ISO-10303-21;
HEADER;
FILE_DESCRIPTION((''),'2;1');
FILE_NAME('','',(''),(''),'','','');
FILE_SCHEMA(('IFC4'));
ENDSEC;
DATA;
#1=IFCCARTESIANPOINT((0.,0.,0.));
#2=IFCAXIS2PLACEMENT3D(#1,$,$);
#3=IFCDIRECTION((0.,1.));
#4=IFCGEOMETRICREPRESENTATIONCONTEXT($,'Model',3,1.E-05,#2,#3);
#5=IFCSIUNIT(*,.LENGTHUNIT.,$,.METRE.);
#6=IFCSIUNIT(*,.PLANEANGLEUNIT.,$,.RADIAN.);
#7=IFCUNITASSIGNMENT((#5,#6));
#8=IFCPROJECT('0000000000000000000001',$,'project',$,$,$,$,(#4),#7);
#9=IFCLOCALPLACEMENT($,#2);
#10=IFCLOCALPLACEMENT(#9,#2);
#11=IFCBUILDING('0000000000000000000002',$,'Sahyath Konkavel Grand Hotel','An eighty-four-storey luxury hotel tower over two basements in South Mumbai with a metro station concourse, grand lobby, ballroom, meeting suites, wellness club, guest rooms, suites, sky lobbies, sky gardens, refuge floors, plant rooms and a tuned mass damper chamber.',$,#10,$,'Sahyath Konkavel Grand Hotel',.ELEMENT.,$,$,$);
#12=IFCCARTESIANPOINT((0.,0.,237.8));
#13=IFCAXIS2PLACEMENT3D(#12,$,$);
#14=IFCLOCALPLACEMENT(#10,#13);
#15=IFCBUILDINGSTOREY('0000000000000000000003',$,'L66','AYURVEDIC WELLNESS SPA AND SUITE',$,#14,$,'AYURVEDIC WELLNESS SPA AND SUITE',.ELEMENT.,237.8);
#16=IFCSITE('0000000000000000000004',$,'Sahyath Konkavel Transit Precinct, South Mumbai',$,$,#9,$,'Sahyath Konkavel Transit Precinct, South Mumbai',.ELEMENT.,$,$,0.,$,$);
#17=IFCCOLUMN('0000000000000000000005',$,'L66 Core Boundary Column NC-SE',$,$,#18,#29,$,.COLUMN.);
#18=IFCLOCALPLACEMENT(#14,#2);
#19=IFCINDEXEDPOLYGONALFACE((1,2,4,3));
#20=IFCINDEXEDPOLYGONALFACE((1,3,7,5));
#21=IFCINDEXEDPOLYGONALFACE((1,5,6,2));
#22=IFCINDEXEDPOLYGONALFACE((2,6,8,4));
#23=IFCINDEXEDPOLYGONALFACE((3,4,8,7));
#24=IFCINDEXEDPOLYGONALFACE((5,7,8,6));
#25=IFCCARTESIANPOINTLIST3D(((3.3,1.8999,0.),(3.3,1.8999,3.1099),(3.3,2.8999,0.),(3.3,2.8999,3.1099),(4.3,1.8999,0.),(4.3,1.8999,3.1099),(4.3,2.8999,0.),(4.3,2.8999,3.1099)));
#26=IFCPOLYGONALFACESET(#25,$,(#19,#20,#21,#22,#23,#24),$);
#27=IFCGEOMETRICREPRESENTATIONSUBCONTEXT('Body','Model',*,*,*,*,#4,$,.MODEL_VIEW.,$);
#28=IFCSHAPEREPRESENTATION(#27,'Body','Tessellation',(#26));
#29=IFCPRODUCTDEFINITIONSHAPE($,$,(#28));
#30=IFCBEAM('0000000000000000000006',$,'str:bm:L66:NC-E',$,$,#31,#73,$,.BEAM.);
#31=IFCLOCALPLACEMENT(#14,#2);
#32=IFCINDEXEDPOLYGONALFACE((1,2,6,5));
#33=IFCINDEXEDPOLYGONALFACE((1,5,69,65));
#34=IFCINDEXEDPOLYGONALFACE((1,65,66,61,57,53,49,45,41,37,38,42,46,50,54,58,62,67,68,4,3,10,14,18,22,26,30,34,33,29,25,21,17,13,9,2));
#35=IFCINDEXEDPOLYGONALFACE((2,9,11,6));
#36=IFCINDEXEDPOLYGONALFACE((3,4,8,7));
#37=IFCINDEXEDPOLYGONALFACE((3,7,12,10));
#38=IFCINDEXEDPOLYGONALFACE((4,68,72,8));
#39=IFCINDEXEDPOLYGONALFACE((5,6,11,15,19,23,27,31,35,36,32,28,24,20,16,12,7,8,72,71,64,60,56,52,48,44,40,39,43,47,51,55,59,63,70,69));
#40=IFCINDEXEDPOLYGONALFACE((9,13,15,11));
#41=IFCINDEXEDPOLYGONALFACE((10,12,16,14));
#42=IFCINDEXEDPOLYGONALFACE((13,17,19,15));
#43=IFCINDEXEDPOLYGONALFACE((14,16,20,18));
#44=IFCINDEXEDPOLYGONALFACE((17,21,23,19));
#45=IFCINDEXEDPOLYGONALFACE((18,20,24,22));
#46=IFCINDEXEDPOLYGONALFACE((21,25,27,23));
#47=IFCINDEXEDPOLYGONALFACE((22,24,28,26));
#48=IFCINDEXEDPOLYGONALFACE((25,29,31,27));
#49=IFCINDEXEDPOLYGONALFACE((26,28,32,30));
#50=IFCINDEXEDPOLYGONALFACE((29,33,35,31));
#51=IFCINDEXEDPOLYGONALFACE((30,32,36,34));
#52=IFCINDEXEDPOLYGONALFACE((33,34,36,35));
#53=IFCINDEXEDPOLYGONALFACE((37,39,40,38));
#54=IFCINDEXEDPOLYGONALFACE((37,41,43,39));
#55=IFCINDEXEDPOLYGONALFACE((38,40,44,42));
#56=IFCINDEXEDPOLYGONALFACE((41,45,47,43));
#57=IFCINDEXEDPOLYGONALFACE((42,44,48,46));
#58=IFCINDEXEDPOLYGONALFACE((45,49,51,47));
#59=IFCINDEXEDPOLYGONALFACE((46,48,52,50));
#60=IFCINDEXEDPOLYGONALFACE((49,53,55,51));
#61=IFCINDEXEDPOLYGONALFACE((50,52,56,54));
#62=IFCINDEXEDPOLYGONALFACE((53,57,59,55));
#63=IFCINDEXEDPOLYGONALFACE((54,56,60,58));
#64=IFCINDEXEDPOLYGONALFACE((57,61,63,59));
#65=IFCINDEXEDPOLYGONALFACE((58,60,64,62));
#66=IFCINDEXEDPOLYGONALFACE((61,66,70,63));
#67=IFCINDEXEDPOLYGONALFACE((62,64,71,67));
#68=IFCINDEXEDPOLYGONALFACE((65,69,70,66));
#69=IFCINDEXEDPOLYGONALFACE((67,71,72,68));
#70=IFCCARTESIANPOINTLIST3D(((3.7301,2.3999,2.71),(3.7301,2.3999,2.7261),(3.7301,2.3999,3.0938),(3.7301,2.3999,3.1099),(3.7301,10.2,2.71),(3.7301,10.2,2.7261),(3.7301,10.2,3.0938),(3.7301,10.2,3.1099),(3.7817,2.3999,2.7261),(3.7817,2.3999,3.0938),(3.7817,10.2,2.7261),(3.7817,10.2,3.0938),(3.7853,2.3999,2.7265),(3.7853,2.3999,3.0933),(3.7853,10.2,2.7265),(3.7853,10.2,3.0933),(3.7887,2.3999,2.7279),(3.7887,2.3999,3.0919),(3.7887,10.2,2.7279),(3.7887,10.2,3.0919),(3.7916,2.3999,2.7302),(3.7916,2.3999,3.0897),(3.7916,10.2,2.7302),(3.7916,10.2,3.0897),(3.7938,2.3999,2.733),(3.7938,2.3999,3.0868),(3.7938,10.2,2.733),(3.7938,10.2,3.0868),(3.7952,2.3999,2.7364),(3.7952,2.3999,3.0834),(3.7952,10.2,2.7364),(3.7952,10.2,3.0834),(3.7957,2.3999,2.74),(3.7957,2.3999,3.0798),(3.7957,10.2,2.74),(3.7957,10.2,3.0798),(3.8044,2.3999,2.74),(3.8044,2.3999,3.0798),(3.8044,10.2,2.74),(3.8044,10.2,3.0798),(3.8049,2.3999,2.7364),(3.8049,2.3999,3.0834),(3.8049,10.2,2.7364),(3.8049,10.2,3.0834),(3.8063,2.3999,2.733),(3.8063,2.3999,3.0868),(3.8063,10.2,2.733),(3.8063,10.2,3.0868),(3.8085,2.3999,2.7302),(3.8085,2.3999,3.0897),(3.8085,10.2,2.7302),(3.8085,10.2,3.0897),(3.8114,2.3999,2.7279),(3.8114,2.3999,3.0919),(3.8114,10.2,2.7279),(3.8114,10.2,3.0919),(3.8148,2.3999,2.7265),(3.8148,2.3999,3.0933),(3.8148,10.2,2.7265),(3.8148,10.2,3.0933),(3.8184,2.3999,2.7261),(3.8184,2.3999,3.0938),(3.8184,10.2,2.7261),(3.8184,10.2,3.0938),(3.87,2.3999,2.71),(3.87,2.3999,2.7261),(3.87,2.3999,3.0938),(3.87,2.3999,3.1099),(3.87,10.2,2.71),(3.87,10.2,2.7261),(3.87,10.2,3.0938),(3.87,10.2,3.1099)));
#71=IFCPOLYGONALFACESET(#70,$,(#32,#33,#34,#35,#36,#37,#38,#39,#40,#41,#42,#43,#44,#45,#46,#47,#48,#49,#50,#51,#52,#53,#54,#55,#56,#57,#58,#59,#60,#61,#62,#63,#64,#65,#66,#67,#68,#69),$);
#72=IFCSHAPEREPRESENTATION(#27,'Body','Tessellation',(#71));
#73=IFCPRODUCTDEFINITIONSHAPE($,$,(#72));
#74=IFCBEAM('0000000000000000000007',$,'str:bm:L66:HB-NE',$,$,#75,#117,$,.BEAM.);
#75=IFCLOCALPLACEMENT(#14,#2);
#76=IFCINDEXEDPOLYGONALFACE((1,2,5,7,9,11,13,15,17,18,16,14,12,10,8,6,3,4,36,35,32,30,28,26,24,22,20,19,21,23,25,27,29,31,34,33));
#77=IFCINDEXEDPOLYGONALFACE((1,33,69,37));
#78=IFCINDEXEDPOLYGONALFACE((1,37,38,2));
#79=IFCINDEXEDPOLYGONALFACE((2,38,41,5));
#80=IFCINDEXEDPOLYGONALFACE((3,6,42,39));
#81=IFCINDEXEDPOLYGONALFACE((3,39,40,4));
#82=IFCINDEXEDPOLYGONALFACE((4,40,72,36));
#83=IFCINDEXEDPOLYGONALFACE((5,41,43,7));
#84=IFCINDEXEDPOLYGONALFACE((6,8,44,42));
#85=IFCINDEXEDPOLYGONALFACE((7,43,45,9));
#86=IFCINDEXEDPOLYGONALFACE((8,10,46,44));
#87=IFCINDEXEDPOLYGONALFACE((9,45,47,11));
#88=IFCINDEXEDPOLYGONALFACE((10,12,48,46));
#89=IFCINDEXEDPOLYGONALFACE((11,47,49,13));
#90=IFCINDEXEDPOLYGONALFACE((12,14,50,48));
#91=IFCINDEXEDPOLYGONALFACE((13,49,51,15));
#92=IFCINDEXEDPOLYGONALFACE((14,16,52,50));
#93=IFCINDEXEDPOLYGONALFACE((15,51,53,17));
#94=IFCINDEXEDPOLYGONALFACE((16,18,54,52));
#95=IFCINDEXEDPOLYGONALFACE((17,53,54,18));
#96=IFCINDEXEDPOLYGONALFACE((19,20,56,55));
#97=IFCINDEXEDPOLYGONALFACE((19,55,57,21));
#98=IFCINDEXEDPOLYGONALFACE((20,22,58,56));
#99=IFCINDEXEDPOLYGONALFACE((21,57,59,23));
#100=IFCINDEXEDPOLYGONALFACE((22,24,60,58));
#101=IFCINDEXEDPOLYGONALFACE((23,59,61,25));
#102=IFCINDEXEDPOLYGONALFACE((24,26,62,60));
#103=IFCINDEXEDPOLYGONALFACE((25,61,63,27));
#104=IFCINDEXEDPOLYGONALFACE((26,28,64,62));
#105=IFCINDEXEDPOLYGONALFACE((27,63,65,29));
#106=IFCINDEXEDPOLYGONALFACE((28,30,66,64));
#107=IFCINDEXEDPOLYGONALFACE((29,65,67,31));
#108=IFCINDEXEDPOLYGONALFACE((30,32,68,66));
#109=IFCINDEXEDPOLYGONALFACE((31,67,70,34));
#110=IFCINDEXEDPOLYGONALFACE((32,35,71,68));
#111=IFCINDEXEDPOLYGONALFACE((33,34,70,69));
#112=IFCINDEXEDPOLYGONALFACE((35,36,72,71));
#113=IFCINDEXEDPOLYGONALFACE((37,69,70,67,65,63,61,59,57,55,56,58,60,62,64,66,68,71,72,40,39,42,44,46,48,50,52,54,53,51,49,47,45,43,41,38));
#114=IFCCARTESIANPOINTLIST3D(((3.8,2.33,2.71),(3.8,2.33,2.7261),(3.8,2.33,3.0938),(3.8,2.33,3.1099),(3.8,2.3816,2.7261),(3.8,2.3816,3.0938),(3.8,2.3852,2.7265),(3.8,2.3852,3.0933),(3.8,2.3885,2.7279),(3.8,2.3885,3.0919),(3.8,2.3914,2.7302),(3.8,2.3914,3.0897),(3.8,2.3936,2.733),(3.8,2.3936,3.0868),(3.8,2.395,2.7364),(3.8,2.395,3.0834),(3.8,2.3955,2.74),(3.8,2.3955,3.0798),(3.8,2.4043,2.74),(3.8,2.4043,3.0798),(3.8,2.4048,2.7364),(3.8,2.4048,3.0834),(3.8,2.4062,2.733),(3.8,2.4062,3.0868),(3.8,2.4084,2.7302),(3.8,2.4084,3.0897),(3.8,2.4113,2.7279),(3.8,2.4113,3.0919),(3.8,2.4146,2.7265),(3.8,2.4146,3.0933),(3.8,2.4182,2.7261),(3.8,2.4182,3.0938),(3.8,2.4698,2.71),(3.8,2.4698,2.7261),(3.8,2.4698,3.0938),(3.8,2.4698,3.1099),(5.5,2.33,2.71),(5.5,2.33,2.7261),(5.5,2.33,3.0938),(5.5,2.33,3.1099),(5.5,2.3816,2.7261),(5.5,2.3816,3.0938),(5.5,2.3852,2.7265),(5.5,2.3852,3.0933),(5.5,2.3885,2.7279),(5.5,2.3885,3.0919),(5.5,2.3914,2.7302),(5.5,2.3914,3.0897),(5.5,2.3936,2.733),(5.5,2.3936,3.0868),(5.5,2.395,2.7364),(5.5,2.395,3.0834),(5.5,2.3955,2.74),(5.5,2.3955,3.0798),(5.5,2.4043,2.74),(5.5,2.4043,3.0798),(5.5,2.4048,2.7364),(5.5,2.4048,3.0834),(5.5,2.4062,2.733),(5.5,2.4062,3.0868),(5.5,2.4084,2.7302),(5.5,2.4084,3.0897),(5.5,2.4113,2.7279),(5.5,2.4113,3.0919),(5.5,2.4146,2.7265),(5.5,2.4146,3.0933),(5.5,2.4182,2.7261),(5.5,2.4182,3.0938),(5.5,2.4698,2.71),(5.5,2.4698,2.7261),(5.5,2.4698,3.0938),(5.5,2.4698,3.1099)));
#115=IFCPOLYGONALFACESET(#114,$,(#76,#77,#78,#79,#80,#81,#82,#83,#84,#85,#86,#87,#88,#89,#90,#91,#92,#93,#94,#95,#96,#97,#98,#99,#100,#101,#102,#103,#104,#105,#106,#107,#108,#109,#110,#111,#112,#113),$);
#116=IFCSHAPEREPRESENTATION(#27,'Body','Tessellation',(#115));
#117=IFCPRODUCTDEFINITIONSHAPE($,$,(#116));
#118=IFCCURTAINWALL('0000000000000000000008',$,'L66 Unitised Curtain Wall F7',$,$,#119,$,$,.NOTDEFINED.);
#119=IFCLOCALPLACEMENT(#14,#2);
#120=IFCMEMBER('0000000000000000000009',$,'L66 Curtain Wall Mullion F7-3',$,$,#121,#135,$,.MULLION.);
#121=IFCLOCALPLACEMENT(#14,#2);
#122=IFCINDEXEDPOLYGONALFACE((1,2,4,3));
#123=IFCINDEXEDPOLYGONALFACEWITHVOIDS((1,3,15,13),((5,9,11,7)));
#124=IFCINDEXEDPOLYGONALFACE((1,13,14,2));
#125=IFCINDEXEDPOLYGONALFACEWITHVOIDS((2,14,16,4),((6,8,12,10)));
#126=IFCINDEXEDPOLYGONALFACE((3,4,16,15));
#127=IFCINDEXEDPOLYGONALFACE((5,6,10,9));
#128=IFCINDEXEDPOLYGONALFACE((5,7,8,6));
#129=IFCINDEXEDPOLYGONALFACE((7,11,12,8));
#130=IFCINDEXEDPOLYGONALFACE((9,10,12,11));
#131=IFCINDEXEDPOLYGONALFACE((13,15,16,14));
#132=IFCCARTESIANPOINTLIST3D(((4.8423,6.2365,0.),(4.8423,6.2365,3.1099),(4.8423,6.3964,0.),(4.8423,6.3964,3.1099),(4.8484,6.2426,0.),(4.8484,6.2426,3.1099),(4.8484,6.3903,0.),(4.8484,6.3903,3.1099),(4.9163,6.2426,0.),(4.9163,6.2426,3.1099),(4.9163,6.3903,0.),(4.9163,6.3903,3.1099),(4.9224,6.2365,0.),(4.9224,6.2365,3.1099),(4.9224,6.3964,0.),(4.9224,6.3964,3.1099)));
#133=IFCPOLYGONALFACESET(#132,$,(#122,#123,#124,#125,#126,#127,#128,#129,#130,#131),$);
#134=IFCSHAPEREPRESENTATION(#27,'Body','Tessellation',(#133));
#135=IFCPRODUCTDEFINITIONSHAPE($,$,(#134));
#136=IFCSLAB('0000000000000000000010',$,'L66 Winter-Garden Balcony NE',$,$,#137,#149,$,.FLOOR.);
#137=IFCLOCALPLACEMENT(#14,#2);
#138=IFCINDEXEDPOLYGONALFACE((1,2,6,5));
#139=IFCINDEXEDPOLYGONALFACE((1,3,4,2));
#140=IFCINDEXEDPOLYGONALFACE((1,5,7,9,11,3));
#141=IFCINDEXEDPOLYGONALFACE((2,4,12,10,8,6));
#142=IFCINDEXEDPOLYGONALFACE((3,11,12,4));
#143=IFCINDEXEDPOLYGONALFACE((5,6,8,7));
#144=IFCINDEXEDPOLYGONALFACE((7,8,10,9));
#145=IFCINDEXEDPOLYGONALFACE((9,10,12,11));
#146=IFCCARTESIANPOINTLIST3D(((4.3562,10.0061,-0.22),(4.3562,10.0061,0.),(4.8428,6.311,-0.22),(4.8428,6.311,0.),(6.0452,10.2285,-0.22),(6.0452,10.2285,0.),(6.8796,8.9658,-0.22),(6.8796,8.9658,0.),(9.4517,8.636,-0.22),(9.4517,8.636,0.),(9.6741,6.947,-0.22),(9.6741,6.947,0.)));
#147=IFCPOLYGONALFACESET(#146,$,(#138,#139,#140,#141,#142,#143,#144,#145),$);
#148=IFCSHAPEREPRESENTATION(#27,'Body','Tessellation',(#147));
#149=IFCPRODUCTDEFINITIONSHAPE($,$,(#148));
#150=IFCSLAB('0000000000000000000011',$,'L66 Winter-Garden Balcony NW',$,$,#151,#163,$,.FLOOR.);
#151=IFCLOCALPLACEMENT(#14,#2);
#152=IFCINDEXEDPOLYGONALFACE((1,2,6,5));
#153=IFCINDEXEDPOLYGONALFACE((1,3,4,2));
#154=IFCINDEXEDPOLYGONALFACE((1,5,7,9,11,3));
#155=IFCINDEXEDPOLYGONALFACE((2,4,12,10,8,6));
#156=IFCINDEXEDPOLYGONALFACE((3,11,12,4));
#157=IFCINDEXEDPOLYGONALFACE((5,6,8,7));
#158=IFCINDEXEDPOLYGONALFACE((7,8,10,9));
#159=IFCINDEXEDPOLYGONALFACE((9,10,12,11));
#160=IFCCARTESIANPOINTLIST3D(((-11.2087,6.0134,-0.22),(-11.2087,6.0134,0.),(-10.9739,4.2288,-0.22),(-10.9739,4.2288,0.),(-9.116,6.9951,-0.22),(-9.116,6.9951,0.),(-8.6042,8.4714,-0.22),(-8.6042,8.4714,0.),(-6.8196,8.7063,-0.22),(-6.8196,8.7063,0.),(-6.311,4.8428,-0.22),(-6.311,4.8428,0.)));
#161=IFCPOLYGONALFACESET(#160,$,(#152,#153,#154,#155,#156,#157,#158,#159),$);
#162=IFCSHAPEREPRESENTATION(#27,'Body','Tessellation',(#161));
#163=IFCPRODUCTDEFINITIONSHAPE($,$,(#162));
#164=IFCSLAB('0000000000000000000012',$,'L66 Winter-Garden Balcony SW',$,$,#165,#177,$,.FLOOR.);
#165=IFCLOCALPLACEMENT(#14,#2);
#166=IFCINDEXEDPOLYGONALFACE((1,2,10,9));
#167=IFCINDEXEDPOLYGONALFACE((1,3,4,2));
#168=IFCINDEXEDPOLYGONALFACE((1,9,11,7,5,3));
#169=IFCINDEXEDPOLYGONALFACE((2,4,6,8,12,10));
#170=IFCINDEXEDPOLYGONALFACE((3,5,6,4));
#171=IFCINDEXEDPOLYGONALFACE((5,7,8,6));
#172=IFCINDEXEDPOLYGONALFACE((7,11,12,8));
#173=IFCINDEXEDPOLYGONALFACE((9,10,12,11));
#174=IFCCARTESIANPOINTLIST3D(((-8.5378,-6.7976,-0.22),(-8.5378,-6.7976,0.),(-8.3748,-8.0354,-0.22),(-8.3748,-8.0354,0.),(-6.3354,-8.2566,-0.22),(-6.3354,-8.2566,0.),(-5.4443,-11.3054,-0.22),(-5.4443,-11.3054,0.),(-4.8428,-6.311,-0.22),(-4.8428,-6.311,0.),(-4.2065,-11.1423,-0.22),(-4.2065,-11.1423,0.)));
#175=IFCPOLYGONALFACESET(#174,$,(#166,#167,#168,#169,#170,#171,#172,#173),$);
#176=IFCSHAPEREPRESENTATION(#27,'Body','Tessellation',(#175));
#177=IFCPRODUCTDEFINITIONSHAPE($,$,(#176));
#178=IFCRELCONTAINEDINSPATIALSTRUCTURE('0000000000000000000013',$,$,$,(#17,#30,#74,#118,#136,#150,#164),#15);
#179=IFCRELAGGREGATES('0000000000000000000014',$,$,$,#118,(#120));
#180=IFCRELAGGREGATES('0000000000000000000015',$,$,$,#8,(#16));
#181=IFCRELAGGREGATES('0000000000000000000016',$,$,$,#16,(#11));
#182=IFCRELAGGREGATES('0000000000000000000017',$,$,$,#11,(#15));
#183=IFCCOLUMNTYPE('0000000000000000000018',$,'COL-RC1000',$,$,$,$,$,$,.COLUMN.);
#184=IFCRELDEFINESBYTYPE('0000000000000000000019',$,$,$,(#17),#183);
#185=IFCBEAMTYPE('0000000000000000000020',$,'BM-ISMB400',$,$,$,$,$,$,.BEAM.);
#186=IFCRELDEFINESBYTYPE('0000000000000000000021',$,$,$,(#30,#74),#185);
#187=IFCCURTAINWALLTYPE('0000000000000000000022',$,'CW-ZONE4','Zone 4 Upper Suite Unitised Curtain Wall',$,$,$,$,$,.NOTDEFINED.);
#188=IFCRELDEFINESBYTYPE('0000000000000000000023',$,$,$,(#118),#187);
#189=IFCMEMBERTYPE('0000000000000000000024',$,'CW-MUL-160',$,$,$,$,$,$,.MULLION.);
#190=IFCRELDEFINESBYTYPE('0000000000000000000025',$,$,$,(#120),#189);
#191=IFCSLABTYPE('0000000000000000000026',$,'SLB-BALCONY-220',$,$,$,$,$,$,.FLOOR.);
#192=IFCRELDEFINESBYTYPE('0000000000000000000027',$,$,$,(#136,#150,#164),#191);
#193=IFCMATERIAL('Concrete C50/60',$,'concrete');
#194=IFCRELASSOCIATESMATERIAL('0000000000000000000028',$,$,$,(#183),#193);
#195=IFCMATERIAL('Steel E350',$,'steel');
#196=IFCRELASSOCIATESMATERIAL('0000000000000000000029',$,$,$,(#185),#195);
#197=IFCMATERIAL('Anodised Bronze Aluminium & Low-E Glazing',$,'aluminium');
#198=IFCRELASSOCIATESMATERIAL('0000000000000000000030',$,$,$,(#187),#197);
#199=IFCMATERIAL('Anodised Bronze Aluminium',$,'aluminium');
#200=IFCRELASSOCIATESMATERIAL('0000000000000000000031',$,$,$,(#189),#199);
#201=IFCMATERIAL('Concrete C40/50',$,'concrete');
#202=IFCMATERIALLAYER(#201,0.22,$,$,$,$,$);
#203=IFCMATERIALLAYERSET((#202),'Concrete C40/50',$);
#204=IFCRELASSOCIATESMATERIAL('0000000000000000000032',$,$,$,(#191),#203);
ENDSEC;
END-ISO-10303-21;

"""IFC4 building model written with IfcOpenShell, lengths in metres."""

from ifc_helpers import new_model, si_unit, direction, frame, origin, origin_2d, place, context, subcontext, project, spatial, polyline, rectangle, hollow_rectangle, i_section, outline, extrude, source, transform, mapped, material, layer, layer_set, material_profile, profile_set, type_object, element, aggregate, save


model = new_model("IFC4")

# Units and contexts
model_context = context("Model", 3, precision=1e-05, world=origin(), true_north=direction((0.0, 1.0)))
body_context = subcontext(model_context, "Body", "Model", "MODEL_VIEW")
ifc_project = project(units=[si_unit("LENGTHUNIT", "METRE"), si_unit("PLANEANGLEUNIT", "RADIAN")], contexts=[model_context])

# Site, building, storey
site_placement = place(None, origin())
site = spatial("IfcSite", under=ifc_project, at=site_placement, Name="Sahyath Konkavel Transit Precinct, South Mumbai", LongName="Sahyath Konkavel Transit Precinct, South Mumbai", CompositionType="ELEMENT", RefElevation=0.0)
building_placement = place(site_placement, origin())
building = spatial("IfcBuilding", under=site, at=building_placement, Name="Sahyath Konkavel Grand Hotel", Description="An eighty-four-storey luxury hotel tower over two basements in South Mumbai with a metro station concourse, grand lobby, ballroom, meeting suites, wellness club, guest rooms, suites, sky lobbies, sky gardens, refuge floors, plant rooms and a tuned mass damper chamber.", LongName="Sahyath Konkavel Grand Hotel", CompositionType="ELEMENT")
storey_placement = place(building_placement, frame((0.0, 0.0, 237.8)))
storey = spatial("IfcBuildingStorey", under=building, at=storey_placement, Name="L66", Description="AYURVEDIC WELLNESS SPA AND SUITE", LongName="AYURVEDIC WELLNESS SPA AND SUITE", CompositionType="ELEMENT", Elevation=237.8)

# Column
ifc_material_1 = material(Name="Concrete C50/60", Category="concrete")
ifc_material_profile_1 = material_profile(ifc_material_1, rectangle(XDim=1.0, YDim=1.0, at=origin_2d()), Name="RC 1000x1000")
ifc_profile_set_1 = profile_set([ifc_material_profile_1], Name="Concrete C50/60")
column_type = type_object("IfcColumnType", Name="COL-RC1000", PredefinedType="COLUMN", material=ifc_profile_set_1)
shared_shape_1 = source(origin(), body_context, "Body", "SweptSolid", [
    extrude(rectangle(XDim=1.0, YDim=1.0, at=origin_2d()), origin(), (0.0, 0.0, 1.0), 3.1099),
])
column_placement = place(storey_placement, frame((3.8, 2.3999, 0.0), z_axis=(0.0, 0.0, 1.0), x_axis=(1.0, 0.0, 0.0)))
element("IfcColumn", 1, at=column_placement, inside=storey, type_object=column_type, Name="L66 Core Boundary Column NC-SE", PredefinedType="COLUMN", context=body_context, shape_type="MappedRepresentation", body=[
    mapped(shared_shape_1, transform((0.0, 0.0, 0.0), scale=1.0)),
])

# Beams
ifc_material_2 = material(Name="Steel E350", Category="steel")
ifc_material_profile_2 = material_profile(ifc_material_2, i_section(OverallWidth=0.1399, OverallDepth=0.3999, WebThickness=0.0088, FlangeThickness=0.0161, FilletRadius=0.0139, at=origin_2d()), Name="ISMB 400")
ifc_profile_set_2 = profile_set([ifc_material_profile_2], Name="Steel E350")
beam_type = type_object("IfcBeamType", Name="BM-ISMB400", PredefinedType="BEAM", material=ifc_profile_set_2)
shared_shape_2 = source(origin(), body_context, "Body", "SweptSolid", [
    extrude(i_section(OverallWidth=0.1399, OverallDepth=0.3999, WebThickness=0.0088, FlangeThickness=0.0161, FilletRadius=0.0139, at=origin_2d()), origin(), (0.0, 0.0, 1.0), 7.8),
])
beam_1_placement = place(storey_placement, frame((3.8, 2.3999, 2.9099), z_axis=(0.0, 1.0, 0.0), x_axis=(-1.0, 0.0, 0.0)))
element("IfcBeam", 2, at=beam_1_placement, inside=storey, type_object=beam_type, Name="str:bm:L66:NC-E", PredefinedType="BEAM", context=body_context, shape_type="MappedRepresentation", body=[
    mapped(shared_shape_2, transform((0.0, 0.0, 0.0), scale=1.0)),
])
shared_shape_3 = source(origin(), body_context, "Body", "SweptSolid", [
    extrude(i_section(OverallWidth=0.1399, OverallDepth=0.3999, WebThickness=0.0088, FlangeThickness=0.0161, FilletRadius=0.0139, at=origin_2d()), origin(), (0.0, 0.0, 1.0), 1.7),
])
beam_2_placement = place(storey_placement, frame((3.8, 2.3999, 2.9099), z_axis=(1.0, 0.0, 0.0), x_axis=(0.0, 1.0, 0.0)))
element("IfcBeam", 3, at=beam_2_placement, inside=storey, type_object=beam_type, Name="str:bm:L66:HB-NE", PredefinedType="BEAM", context=body_context, shape_type="MappedRepresentation", body=[
    mapped(shared_shape_3, transform((0.0, 0.0, 0.0), scale=1.0)),
])

# Curtain wall, member
ifc_material_3 = material(Name="Anodised Bronze Aluminium & Low-E Glazing", Category="aluminium")
curtain_wall_type = type_object("IfcCurtainWallType", Name="CW-ZONE4", Description="Zone 4 Upper Suite Unitised Curtain Wall", PredefinedType="NOTDEFINED", material=ifc_material_3)
curtain_wall_placement = place(storey_placement, origin())
curtain_wall = element("IfcCurtainWall", 4, at=curtain_wall_placement, inside=storey, type_object=curtain_wall_type, Name="L66 Unitised Curtain Wall F7", PredefinedType="NOTDEFINED")
ifc_material_4 = material(Name="Anodised Bronze Aluminium", Category="aluminium")
ifc_material_profile_3 = material_profile(ifc_material_4, hollow_rectangle(XDim=0.0801, YDim=0.1599, WallThickness=0.0061, at=origin_2d()), Name="RHS 160x80x6")
ifc_profile_set_3 = profile_set([ifc_material_profile_3], Name="Anodised Bronze Aluminium")
member_type = type_object("IfcMemberType", Name="CW-MUL-160", PredefinedType="MULLION", material=ifc_profile_set_3)
shared_shape_4 = source(origin(), body_context, "Body", "SweptSolid", [
    extrude(hollow_rectangle(XDim=0.0801, YDim=0.1599, WallThickness=0.0061, at=origin_2d()), origin(), (0.0, 0.0, 1.0), 3.1099),
])
member_placement = place(storey_placement, frame((4.8823, 6.3164, 0.0), z_axis=(0.0, 0.0, 1.0), x_axis=(1.0, 0.0, 0.0)))
member = element("IfcMember", 5, at=member_placement, type_object=member_type, Name="L66 Curtain Wall Mullion F7-3", PredefinedType="MULLION", context=body_context, shape_type="MappedRepresentation", body=[
    mapped(shared_shape_4, transform((0.0, 0.0, 0.0), scale=1.0)),
])
aggregate(curtain_wall, [member])

# Slabs
ifc_material_5 = material(Name="Concrete C40/50", Category="concrete")
ifc_layer_1 = layer(ifc_material_5, 0.22)
ifc_layer_set_1 = layer_set([ifc_layer_1], Name="Concrete C40/50")
slab_type = type_object("IfcSlabType", Name="SLB-BALCONY-220", PredefinedType="FLOOR", material=ifc_layer_set_1)
slab_1_placement = place(storey_placement, frame((0.0, 0.0, -0.22)))
element("IfcSlab", 6, at=slab_1_placement, inside=storey, type_object=slab_type, Name="L66 Winter-Garden Balcony NE", PredefinedType="FLOOR", context=body_context, shape_type="SweptSolid", body=[
    extrude(outline(polyline([(4.8428, 6.311), (9.6741, 6.947), (9.4517, 8.636), (6.8796, 8.9658), (6.0452, 10.2285), (4.3562, 10.0061), (4.8428, 6.311)])), origin(), (0.0, 0.0, 1.0), 0.22),
])
slab_2_placement = place(storey_placement, frame((0.0, 0.0, -0.22)))
element("IfcSlab", 7, at=slab_2_placement, inside=storey, type_object=slab_type, Name="L66 Winter-Garden Balcony NW", PredefinedType="FLOOR", context=body_context, shape_type="SweptSolid", body=[
    extrude(outline(polyline([(-6.311, 4.8428), (-6.8196, 8.7063), (-8.6042, 8.4714), (-9.116, 6.9951), (-11.2087, 6.0134), (-10.9739, 4.2288), (-6.311, 4.8428)])), origin(), (0.0, 0.0, 1.0), 0.22),
])
slab_3_placement = place(storey_placement, frame((0.0, 0.0, -0.22)))
element("IfcSlab", 8, at=slab_3_placement, inside=storey, type_object=slab_type, Name="L66 Winter-Garden Balcony SW", PredefinedType="FLOOR", context=body_context, shape_type="SweptSolid", body=[
    extrude(outline(polyline([(-4.8428, -6.311), (-8.5378, -6.7976), (-8.3748, -8.0354), (-6.3354, -8.2566), (-5.4443, -11.3054), (-4.2065, -11.1423), (-4.8428, -6.311)])), origin(), (0.0, 0.0, 1.0), 0.22),
])

save(model, "model.ifc")
